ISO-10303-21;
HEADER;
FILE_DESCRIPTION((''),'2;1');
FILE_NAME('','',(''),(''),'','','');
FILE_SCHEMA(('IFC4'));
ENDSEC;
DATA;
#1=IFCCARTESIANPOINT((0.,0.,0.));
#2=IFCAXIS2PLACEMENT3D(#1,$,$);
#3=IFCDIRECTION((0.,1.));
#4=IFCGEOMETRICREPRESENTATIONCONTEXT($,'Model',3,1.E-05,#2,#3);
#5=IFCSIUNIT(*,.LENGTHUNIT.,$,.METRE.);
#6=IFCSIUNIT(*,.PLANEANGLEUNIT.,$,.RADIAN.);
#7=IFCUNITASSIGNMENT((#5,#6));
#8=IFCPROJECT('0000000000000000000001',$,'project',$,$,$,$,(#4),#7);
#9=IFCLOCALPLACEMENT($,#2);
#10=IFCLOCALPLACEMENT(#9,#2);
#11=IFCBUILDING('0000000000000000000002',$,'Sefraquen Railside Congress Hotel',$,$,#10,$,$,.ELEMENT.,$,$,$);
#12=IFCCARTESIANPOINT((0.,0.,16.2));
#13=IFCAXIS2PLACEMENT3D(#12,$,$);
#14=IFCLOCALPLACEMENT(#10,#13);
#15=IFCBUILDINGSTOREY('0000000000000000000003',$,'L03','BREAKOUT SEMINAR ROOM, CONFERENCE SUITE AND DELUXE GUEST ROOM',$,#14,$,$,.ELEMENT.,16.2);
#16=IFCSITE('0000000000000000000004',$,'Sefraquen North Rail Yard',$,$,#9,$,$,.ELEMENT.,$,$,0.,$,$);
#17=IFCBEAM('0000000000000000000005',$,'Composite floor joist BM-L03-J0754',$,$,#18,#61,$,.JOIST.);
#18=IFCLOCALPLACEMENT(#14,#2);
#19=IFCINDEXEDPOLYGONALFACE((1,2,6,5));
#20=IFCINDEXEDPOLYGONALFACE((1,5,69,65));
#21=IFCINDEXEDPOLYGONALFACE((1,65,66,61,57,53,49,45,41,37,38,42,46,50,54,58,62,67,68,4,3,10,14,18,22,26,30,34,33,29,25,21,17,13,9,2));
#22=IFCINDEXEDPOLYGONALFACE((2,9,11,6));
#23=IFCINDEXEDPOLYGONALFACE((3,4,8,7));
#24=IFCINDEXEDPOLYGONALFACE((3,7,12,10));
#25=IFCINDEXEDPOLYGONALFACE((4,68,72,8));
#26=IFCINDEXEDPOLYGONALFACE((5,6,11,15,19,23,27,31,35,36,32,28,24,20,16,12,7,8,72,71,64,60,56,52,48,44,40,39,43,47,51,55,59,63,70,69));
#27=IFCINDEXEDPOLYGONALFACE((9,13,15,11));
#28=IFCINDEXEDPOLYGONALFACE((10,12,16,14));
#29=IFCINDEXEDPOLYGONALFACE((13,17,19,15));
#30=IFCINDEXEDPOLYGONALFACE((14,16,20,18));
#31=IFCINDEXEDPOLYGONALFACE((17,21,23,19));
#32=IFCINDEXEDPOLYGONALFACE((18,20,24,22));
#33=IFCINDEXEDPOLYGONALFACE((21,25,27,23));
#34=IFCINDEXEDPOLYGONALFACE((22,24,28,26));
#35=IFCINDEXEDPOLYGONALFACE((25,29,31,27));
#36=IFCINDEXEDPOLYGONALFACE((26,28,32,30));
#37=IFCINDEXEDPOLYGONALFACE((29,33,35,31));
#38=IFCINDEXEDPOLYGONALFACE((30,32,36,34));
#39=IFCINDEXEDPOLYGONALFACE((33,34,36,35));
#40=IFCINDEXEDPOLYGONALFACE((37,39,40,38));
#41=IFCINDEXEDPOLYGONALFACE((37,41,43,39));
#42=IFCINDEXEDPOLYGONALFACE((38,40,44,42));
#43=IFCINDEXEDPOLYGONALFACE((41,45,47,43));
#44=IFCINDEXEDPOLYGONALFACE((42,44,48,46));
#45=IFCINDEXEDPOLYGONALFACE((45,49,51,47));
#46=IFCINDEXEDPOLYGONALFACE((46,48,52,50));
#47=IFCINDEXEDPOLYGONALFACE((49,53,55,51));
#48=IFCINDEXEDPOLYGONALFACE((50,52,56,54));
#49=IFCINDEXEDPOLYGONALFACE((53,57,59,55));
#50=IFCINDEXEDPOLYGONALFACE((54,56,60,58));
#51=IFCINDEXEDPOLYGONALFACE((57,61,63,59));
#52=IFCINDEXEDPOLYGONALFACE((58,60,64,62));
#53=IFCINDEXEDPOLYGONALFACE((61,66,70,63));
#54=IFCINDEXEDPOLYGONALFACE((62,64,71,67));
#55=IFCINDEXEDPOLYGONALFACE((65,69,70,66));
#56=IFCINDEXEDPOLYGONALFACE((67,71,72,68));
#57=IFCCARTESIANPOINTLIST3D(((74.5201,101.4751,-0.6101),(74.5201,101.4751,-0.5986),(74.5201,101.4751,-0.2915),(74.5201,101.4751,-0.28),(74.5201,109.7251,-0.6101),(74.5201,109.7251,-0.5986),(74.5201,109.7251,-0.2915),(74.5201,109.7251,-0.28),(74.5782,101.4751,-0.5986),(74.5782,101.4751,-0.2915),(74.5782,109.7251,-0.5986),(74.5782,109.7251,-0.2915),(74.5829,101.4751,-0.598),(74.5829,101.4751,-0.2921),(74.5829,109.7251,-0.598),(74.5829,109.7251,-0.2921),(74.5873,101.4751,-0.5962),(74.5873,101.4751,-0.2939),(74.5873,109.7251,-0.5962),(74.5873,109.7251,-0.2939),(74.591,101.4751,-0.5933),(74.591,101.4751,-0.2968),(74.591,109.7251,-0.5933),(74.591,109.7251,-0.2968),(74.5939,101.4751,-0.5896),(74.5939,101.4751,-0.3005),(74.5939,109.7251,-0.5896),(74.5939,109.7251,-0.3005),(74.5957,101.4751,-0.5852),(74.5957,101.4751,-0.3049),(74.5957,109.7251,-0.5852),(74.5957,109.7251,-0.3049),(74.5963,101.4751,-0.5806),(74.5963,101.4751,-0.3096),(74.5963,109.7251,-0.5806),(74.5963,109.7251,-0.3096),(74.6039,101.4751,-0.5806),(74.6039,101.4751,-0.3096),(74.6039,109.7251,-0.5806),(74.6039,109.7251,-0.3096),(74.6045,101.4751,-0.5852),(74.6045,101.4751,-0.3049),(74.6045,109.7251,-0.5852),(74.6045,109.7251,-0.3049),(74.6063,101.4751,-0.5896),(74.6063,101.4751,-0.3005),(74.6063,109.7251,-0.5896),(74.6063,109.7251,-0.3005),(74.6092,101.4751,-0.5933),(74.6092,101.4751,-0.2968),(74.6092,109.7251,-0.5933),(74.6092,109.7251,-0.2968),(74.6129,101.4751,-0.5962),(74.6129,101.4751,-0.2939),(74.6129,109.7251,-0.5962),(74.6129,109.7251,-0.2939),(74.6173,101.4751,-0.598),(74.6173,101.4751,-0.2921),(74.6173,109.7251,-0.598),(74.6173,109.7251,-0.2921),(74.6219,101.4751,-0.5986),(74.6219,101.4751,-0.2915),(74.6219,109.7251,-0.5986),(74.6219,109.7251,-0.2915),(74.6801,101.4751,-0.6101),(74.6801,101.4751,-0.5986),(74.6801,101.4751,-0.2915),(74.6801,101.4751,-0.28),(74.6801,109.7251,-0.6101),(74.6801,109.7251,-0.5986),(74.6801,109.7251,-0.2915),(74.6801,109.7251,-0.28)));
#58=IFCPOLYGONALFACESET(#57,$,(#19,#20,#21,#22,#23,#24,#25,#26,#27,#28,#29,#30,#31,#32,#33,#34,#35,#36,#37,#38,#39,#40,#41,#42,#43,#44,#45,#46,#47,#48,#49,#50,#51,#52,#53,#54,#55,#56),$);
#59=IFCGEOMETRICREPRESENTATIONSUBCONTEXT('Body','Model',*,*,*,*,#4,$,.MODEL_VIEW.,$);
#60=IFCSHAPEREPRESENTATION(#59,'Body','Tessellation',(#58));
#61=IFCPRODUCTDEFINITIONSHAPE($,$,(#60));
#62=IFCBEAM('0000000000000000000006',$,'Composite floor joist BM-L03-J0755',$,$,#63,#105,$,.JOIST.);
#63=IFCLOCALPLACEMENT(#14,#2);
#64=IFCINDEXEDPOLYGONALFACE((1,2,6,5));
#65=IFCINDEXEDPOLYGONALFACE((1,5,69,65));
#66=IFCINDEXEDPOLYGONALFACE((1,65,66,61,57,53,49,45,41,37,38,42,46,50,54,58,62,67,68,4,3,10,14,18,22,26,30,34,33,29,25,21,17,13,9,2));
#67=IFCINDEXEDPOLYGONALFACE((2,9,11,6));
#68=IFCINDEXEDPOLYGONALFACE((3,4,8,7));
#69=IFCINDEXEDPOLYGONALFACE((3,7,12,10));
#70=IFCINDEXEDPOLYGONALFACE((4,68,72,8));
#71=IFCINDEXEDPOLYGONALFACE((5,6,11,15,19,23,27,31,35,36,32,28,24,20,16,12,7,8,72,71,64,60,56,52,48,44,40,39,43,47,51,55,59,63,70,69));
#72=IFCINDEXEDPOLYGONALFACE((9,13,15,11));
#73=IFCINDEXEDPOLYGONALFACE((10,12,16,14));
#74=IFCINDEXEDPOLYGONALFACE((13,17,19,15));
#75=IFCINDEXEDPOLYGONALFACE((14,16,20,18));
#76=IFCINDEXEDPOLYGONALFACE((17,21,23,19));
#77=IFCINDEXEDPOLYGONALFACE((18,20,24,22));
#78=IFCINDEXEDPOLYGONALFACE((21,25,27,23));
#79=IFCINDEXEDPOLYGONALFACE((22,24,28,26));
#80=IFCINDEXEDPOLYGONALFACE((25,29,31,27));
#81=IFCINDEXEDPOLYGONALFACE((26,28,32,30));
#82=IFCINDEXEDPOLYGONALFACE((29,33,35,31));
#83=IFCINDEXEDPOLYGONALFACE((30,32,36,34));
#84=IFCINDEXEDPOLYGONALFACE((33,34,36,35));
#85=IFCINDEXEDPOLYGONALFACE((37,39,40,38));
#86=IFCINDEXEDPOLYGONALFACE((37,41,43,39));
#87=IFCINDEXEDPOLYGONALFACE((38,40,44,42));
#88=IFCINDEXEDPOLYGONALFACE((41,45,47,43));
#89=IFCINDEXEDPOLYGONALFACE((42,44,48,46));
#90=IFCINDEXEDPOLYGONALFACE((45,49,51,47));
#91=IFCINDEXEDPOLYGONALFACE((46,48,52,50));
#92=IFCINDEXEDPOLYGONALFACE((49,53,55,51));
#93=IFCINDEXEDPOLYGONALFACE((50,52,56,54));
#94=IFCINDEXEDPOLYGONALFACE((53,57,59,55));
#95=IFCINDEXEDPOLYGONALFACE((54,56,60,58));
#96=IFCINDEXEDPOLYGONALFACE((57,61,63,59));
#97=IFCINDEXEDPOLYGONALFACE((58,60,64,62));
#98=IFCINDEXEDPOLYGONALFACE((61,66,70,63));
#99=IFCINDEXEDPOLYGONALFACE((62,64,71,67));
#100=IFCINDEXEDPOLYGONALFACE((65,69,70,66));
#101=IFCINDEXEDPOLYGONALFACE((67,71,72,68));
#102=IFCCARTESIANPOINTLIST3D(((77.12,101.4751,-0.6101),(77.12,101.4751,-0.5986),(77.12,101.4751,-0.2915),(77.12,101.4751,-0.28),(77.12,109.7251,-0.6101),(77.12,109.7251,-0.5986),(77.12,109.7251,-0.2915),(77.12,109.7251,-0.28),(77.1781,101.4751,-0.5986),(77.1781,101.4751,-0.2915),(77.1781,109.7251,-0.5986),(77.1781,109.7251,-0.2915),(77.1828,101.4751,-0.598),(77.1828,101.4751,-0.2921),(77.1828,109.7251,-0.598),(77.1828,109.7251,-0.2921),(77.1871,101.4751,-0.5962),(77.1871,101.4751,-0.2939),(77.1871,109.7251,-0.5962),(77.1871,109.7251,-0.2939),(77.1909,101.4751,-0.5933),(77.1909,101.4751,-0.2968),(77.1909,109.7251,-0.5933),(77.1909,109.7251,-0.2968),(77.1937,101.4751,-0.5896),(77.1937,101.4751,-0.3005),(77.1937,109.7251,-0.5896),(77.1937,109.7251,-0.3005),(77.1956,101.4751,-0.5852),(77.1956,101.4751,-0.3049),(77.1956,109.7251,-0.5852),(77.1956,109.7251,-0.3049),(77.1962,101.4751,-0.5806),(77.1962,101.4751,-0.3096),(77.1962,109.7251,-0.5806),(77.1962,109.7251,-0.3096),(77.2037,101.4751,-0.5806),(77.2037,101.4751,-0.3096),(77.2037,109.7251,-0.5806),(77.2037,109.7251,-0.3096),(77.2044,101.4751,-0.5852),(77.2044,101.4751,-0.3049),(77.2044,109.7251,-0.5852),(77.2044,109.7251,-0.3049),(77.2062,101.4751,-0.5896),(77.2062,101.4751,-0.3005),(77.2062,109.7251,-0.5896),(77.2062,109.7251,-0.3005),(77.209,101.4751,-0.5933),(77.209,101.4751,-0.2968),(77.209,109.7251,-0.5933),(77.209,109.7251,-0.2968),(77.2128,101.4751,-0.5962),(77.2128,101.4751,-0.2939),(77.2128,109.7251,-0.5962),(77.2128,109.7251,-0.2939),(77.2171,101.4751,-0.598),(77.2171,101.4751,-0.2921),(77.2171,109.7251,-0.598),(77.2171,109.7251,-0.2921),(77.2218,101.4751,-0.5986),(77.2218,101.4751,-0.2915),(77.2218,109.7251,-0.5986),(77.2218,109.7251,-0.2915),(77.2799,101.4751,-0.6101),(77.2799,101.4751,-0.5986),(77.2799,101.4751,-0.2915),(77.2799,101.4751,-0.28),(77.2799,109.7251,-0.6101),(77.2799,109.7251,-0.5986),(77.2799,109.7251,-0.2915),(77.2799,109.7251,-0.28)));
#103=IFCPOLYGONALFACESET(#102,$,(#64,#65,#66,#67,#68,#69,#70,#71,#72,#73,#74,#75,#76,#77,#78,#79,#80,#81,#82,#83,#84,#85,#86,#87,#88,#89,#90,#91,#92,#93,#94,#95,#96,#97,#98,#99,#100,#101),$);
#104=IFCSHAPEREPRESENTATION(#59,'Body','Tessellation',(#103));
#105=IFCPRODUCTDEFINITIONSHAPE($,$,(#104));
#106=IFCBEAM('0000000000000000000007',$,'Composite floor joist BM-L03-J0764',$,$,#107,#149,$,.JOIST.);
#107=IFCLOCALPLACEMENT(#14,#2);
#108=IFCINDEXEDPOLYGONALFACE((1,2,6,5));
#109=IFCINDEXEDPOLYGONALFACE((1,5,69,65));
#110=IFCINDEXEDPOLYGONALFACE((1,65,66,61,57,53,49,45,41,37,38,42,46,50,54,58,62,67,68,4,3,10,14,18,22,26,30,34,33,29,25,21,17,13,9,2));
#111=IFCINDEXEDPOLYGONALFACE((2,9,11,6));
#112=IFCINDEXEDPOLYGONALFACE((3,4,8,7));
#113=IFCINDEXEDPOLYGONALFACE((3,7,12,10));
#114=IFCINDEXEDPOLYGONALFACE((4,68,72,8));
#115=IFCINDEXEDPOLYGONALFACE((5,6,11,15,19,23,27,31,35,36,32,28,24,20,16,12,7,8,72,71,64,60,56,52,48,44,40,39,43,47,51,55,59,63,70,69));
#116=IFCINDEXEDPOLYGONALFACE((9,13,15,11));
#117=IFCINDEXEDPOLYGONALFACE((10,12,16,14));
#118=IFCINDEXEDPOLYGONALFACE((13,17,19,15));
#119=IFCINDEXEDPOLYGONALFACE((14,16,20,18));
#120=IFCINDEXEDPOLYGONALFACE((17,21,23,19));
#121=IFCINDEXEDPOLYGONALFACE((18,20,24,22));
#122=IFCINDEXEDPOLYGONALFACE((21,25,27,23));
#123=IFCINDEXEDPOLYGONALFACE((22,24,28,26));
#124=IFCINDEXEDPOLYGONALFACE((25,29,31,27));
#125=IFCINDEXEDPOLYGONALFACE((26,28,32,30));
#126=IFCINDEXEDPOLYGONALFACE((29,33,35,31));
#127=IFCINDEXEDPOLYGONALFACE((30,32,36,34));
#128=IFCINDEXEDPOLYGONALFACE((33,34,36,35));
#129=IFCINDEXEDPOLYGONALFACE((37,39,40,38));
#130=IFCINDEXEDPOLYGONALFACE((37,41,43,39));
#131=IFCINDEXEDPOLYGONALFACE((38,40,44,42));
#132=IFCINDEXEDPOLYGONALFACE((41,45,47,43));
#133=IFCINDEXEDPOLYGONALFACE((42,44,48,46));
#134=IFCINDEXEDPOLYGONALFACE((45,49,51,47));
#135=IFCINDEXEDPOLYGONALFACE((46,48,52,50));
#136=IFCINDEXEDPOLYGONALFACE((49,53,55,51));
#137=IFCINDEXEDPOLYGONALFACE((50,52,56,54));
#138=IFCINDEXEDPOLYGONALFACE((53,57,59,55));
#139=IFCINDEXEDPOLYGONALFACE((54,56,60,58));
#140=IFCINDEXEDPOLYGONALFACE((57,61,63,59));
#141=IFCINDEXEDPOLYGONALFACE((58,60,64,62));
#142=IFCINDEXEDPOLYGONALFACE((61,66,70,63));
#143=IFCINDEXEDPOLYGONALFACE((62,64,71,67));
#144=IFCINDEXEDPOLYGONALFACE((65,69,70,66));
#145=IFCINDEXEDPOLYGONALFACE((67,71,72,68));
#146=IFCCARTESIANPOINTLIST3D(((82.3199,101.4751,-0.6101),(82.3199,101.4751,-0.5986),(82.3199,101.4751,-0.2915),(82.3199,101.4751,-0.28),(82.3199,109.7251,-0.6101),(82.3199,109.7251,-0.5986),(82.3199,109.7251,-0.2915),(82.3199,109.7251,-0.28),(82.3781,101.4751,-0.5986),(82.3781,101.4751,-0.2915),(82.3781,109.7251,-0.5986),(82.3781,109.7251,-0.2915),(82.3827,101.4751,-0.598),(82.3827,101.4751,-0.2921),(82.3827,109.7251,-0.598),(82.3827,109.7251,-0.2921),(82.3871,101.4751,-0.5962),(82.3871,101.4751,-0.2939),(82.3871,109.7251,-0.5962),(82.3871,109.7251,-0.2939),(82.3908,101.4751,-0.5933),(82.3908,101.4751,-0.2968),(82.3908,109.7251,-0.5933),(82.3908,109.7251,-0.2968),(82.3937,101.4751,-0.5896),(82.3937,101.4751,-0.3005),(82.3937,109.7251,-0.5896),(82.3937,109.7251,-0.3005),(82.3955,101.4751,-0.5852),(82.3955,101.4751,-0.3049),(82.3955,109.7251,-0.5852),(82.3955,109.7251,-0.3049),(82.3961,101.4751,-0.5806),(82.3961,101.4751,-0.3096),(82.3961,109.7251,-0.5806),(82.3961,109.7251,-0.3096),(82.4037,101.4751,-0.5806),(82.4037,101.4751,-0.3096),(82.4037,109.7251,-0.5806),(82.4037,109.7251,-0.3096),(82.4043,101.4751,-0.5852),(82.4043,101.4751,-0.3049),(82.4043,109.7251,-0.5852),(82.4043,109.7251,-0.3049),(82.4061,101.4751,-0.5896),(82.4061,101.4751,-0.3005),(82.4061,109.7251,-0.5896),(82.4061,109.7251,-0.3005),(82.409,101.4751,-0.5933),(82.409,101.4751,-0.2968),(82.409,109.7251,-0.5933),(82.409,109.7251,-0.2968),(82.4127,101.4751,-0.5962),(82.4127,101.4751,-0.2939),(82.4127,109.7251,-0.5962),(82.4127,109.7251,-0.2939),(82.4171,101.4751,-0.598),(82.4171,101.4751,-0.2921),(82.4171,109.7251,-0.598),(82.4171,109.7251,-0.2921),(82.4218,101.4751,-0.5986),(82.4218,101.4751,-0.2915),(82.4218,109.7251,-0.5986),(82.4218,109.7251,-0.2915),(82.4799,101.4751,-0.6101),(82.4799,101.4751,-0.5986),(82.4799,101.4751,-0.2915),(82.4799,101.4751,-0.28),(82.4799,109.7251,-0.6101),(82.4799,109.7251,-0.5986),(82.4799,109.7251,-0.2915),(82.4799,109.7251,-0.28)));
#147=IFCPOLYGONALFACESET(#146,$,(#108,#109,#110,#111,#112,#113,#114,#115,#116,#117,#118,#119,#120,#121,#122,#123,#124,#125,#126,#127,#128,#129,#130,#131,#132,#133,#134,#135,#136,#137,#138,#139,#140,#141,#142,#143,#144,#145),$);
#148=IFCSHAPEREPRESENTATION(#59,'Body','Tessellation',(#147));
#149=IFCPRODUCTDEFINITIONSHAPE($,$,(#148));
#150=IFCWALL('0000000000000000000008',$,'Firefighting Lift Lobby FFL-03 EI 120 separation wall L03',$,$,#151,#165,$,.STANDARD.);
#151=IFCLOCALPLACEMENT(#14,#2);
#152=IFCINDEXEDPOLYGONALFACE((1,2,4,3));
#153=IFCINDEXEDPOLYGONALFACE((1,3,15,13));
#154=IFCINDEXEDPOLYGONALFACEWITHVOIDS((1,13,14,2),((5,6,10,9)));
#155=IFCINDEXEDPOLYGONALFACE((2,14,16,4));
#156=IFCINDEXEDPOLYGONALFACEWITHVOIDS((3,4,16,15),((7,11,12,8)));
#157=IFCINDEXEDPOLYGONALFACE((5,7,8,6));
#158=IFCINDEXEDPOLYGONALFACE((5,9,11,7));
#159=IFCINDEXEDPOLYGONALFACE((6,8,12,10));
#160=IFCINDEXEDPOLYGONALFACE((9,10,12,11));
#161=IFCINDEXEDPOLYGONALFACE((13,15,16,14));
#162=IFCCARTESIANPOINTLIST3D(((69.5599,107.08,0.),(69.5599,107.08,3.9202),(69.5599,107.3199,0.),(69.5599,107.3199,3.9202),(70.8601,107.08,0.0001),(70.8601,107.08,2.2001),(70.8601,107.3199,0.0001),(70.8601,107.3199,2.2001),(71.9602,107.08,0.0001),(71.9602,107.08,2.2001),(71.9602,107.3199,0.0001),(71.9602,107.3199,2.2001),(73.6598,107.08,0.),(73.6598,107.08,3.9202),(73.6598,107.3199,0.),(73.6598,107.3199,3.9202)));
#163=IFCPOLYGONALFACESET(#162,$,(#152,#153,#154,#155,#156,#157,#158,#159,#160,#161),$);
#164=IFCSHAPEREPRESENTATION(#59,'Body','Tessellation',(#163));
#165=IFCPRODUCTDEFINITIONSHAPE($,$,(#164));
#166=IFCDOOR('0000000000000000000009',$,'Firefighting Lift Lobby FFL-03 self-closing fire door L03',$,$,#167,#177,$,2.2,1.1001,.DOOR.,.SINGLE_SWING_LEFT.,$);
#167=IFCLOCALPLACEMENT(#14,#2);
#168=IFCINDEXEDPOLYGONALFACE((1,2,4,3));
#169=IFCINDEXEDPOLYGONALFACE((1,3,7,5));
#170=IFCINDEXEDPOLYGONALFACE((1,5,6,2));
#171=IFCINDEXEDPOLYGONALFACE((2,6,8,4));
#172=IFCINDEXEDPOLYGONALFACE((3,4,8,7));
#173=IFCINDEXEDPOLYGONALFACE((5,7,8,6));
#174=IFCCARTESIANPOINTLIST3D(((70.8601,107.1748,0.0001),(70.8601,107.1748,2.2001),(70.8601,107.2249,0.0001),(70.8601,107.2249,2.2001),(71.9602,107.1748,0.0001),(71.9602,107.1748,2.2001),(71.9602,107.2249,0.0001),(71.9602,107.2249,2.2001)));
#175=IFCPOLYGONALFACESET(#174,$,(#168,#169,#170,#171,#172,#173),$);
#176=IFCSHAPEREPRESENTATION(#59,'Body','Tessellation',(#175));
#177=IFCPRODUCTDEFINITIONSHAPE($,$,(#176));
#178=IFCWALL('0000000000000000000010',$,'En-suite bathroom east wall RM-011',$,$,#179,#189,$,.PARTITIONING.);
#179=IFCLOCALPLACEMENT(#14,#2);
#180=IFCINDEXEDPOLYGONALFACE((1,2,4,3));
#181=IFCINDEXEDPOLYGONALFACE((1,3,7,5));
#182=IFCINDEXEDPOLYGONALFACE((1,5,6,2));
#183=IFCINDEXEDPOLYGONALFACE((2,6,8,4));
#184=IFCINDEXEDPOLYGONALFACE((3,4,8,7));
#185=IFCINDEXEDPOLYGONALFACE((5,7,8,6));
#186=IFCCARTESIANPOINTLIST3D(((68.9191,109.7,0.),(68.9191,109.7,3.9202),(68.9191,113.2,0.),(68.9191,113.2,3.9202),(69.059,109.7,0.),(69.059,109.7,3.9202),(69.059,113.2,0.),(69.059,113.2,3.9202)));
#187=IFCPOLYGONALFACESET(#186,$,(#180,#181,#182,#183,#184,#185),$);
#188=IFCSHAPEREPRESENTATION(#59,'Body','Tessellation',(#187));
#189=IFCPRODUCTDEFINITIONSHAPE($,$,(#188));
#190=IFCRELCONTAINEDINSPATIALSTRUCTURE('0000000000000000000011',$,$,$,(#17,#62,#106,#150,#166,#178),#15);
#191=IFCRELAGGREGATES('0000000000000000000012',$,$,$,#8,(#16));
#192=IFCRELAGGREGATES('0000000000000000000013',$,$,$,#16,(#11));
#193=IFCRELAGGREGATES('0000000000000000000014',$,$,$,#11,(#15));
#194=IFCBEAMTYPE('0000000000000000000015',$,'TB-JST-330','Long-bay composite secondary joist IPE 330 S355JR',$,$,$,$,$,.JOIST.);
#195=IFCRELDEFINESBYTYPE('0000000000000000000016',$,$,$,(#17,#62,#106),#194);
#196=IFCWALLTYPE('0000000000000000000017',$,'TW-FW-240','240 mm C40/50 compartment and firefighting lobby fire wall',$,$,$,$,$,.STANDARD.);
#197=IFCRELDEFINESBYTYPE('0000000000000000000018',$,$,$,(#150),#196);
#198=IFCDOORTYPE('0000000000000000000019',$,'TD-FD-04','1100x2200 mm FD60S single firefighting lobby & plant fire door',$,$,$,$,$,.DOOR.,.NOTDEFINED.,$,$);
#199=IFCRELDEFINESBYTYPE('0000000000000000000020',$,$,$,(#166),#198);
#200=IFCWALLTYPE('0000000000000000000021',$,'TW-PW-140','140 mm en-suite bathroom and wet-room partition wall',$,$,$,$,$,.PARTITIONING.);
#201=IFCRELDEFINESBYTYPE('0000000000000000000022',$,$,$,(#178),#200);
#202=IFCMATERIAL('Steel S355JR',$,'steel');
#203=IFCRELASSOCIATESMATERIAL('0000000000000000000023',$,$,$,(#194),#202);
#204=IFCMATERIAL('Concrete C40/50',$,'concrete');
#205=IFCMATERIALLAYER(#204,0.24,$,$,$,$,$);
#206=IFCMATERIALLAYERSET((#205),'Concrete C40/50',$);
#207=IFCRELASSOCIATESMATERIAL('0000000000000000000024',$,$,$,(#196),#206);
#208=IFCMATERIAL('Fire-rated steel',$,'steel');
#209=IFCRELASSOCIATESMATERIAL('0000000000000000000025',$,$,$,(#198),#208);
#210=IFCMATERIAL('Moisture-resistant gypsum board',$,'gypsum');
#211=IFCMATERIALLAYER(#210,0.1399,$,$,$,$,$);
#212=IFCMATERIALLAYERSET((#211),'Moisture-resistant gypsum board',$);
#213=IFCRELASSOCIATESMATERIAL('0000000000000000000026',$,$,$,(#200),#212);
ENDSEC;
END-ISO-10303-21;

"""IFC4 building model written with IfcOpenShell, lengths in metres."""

from ifc_helpers import new_model, si_unit, direction, frame, frame_2d, origin, origin_2d, place, context, subcontext, project, spatial, rectangle, i_section, extrude, material, layer, layer_set, material_profile, profile_set, type_object, element, fill, save


model = new_model("IFC4")

# Units and contexts
model_context = context("Model", 3, precision=1e-05, world=origin(), true_north=direction((0.0, 1.0)))
body_context = subcontext(model_context, "Body", "Model", "MODEL_VIEW")
ifc_project = project(units=[si_unit("LENGTHUNIT", "METRE"), si_unit("PLANEANGLEUNIT", "RADIAN")], contexts=[model_context])

# Site, building, storey
site_placement = place(None, origin())
site = spatial("IfcSite", under=ifc_project, at=site_placement, Name="Sefraquen North Rail Yard", CompositionType="ELEMENT", RefElevation=0.0)
building_placement = place(site_placement, origin())
building = spatial("IfcBuilding", under=site, at=building_placement, Name="Sefraquen Railside Congress Hotel", CompositionType="ELEMENT")
storey_placement = place(building_placement, frame((0.0, 0.0, 16.2)))
storey = spatial("IfcBuildingStorey", under=building, at=storey_placement, Name="L03", Description="BREAKOUT SEMINAR ROOM, CONFERENCE SUITE AND DELUXE GUEST ROOM", CompositionType="ELEMENT", Elevation=16.2)

# Shared definitions
ifc_material_1 = material(Name="Steel S355JR", Category="steel")

# Beams
ifc_material_profile_1 = material_profile(ifc_material_1, i_section(OverallWidth=0.1599, OverallDepth=0.3301, WebThickness=0.0076, FlangeThickness=0.0115, FilletRadius=0.0181, at=origin_2d()), Name="IPE 330")
ifc_profile_set_1 = profile_set([ifc_material_profile_1], Name="Steel S355JR")
beam_type_1 = type_object("IfcBeamType", Name="TB-JST-330", Description="Long-bay composite secondary joist IPE 330 S355JR", PredefinedType="JOIST", material=ifc_profile_set_1)
for number, where, z_axis, x_axis, name in (
    (1, (74.6001, 101.4751, -0.4451), (0.0, 1.0, 0.0), (-1.0, 0.0, 0.0), "Composite floor joist BM-L03-J0754"),
    (2, (77.2, 101.4751, -0.4451), (0.0, 1.0, 0.0), (-1.0, 0.0, 0.0), "Composite floor joist BM-L03-J0755"),
    (3, (82.3999, 101.4751, -0.4451), (0.0, 1.0, 0.0), (-1.0, 0.0, 0.0), "Composite floor joist BM-L03-J0764"),
):
    element("IfcBeam", number, at=place(storey_placement, frame(where, z_axis=z_axis, x_axis=x_axis)), inside=storey, type_object=beam_type_1, Name=name, PredefinedType="JOIST", context=body_context, shape_type="SweptSolid", body=[
        extrude(i_section(OverallWidth=0.1599, OverallDepth=0.3301, WebThickness=0.0076, FlangeThickness=0.0115, FilletRadius=0.0181, at=origin_2d()), origin(), (0.0, 0.0, 1.0), 8.25),
    ])

# Wall, opening, door
ifc_material_2 = material(Name="Concrete C40/50", Category="concrete")
ifc_layer_1 = layer(ifc_material_2, 0.24)
ifc_layer_set_1 = layer_set([ifc_layer_1], Name="Concrete C40/50")
wall_type_1 = type_object("IfcWallType", Name="TW-FW-240", Description="240 mm C40/50 compartment and firefighting lobby fire wall", PredefinedType="STANDARD", material=ifc_layer_set_1)
wall_1_placement = place(storey_placement, frame((69.5601, 107.2, 0.0), z_axis=(0.0, 0.0, 1.0), x_axis=(1.0, 0.0, 0.0)))
wall_1 = element("IfcWall", 4, at=wall_1_placement, inside=storey, type_object=wall_type_1, Name="Firefighting Lift Lobby FFL-03 EI 120 separation wall L03", PredefinedType="STANDARD", context=body_context, shape_type="SweptSolid", body=[
    extrude(rectangle(XDim=4.0999, YDim=0.24, at=frame_2d((2.0498, 0.0))), origin(), (0.0, 0.0, 1.0), 3.9202),
])
opening_1_placement = place(wall_1_placement, frame((1.3, 0.0, 0.0)))
opening_1 = element("IfcOpeningElement", 5, at=opening_1_placement, cuts=wall_1, PredefinedType="OPENING", context=body_context, shape_type="SweptSolid", body=[
    extrude(rectangle(XDim=1.1001, YDim=2.2, at=frame_2d((0.55, 1.1001))), frame((0.0, 0.1299, 0.0), z_axis=(0.0, -1.0, 0.0), x_axis=(1.0, 0.0, 0.0)), (0.0, 0.0, 1.0), 0.26),
])
ifc_material_3 = material(Name="Fire-rated steel", Category="steel")
door_type_1 = type_object("IfcDoorType", Name="TD-FD-04", Description="1100x2200 mm FD60S single firefighting lobby & plant fire door", OperationType="NOTDEFINED", PredefinedType="DOOR", material=ifc_material_3)
door_1_placement = place(opening_1_placement, origin())
door_1 = element("IfcDoor", 6, at=door_1_placement, inside=storey, type_object=door_type_1, Name="Firefighting Lift Lobby FFL-03 self-closing fire door L03", OperationType="SINGLE_SWING_LEFT", OverallHeight=2.2, OverallWidth=1.1001, PredefinedType="DOOR", context=body_context, shape_type="SweptSolid", body=[
    extrude(rectangle(XDim=1.1001, YDim=2.2, at=frame_2d((0.55, 1.1001))), frame((0.0, 0.0249, 0.0), z_axis=(0.0, -1.0, 0.0), x_axis=(1.0, 0.0, 0.0)), (0.0, 0.0, 1.0), 0.05),
])
fill(opening_1, door_1)

# Wall
ifc_material_4 = material(Name="Moisture-resistant gypsum board", Category="gypsum")
ifc_layer_2 = layer(ifc_material_4, 0.1399)
ifc_layer_set_2 = layer_set([ifc_layer_2], Name="Moisture-resistant gypsum board")
wall_type_2 = type_object("IfcWallType", Name="TW-PW-140", Description="140 mm en-suite bathroom and wet-room partition wall", PredefinedType="PARTITIONING", material=ifc_layer_set_2)
for number, where, z_axis, x_axis, name in (
    (7, (68.989, 109.7, 0.0), (0.0, 0.0, 1.0), (0.0, 1.0, 0.0), "En-suite bathroom east wall RM-011"),
):
    element("IfcWall", number, at=place(storey_placement, frame(where, z_axis=z_axis, x_axis=x_axis)), inside=storey, type_object=wall_type_2, Name=name, PredefinedType="PARTITIONING", context=body_context, shape_type="SweptSolid", body=[
        extrude(rectangle(XDim=3.5, YDim=0.1399, at=frame_2d((1.75, 0.0))), origin(), (0.0, 0.0, 1.0), 3.9202),
    ])

save(model, "model.ifc")
